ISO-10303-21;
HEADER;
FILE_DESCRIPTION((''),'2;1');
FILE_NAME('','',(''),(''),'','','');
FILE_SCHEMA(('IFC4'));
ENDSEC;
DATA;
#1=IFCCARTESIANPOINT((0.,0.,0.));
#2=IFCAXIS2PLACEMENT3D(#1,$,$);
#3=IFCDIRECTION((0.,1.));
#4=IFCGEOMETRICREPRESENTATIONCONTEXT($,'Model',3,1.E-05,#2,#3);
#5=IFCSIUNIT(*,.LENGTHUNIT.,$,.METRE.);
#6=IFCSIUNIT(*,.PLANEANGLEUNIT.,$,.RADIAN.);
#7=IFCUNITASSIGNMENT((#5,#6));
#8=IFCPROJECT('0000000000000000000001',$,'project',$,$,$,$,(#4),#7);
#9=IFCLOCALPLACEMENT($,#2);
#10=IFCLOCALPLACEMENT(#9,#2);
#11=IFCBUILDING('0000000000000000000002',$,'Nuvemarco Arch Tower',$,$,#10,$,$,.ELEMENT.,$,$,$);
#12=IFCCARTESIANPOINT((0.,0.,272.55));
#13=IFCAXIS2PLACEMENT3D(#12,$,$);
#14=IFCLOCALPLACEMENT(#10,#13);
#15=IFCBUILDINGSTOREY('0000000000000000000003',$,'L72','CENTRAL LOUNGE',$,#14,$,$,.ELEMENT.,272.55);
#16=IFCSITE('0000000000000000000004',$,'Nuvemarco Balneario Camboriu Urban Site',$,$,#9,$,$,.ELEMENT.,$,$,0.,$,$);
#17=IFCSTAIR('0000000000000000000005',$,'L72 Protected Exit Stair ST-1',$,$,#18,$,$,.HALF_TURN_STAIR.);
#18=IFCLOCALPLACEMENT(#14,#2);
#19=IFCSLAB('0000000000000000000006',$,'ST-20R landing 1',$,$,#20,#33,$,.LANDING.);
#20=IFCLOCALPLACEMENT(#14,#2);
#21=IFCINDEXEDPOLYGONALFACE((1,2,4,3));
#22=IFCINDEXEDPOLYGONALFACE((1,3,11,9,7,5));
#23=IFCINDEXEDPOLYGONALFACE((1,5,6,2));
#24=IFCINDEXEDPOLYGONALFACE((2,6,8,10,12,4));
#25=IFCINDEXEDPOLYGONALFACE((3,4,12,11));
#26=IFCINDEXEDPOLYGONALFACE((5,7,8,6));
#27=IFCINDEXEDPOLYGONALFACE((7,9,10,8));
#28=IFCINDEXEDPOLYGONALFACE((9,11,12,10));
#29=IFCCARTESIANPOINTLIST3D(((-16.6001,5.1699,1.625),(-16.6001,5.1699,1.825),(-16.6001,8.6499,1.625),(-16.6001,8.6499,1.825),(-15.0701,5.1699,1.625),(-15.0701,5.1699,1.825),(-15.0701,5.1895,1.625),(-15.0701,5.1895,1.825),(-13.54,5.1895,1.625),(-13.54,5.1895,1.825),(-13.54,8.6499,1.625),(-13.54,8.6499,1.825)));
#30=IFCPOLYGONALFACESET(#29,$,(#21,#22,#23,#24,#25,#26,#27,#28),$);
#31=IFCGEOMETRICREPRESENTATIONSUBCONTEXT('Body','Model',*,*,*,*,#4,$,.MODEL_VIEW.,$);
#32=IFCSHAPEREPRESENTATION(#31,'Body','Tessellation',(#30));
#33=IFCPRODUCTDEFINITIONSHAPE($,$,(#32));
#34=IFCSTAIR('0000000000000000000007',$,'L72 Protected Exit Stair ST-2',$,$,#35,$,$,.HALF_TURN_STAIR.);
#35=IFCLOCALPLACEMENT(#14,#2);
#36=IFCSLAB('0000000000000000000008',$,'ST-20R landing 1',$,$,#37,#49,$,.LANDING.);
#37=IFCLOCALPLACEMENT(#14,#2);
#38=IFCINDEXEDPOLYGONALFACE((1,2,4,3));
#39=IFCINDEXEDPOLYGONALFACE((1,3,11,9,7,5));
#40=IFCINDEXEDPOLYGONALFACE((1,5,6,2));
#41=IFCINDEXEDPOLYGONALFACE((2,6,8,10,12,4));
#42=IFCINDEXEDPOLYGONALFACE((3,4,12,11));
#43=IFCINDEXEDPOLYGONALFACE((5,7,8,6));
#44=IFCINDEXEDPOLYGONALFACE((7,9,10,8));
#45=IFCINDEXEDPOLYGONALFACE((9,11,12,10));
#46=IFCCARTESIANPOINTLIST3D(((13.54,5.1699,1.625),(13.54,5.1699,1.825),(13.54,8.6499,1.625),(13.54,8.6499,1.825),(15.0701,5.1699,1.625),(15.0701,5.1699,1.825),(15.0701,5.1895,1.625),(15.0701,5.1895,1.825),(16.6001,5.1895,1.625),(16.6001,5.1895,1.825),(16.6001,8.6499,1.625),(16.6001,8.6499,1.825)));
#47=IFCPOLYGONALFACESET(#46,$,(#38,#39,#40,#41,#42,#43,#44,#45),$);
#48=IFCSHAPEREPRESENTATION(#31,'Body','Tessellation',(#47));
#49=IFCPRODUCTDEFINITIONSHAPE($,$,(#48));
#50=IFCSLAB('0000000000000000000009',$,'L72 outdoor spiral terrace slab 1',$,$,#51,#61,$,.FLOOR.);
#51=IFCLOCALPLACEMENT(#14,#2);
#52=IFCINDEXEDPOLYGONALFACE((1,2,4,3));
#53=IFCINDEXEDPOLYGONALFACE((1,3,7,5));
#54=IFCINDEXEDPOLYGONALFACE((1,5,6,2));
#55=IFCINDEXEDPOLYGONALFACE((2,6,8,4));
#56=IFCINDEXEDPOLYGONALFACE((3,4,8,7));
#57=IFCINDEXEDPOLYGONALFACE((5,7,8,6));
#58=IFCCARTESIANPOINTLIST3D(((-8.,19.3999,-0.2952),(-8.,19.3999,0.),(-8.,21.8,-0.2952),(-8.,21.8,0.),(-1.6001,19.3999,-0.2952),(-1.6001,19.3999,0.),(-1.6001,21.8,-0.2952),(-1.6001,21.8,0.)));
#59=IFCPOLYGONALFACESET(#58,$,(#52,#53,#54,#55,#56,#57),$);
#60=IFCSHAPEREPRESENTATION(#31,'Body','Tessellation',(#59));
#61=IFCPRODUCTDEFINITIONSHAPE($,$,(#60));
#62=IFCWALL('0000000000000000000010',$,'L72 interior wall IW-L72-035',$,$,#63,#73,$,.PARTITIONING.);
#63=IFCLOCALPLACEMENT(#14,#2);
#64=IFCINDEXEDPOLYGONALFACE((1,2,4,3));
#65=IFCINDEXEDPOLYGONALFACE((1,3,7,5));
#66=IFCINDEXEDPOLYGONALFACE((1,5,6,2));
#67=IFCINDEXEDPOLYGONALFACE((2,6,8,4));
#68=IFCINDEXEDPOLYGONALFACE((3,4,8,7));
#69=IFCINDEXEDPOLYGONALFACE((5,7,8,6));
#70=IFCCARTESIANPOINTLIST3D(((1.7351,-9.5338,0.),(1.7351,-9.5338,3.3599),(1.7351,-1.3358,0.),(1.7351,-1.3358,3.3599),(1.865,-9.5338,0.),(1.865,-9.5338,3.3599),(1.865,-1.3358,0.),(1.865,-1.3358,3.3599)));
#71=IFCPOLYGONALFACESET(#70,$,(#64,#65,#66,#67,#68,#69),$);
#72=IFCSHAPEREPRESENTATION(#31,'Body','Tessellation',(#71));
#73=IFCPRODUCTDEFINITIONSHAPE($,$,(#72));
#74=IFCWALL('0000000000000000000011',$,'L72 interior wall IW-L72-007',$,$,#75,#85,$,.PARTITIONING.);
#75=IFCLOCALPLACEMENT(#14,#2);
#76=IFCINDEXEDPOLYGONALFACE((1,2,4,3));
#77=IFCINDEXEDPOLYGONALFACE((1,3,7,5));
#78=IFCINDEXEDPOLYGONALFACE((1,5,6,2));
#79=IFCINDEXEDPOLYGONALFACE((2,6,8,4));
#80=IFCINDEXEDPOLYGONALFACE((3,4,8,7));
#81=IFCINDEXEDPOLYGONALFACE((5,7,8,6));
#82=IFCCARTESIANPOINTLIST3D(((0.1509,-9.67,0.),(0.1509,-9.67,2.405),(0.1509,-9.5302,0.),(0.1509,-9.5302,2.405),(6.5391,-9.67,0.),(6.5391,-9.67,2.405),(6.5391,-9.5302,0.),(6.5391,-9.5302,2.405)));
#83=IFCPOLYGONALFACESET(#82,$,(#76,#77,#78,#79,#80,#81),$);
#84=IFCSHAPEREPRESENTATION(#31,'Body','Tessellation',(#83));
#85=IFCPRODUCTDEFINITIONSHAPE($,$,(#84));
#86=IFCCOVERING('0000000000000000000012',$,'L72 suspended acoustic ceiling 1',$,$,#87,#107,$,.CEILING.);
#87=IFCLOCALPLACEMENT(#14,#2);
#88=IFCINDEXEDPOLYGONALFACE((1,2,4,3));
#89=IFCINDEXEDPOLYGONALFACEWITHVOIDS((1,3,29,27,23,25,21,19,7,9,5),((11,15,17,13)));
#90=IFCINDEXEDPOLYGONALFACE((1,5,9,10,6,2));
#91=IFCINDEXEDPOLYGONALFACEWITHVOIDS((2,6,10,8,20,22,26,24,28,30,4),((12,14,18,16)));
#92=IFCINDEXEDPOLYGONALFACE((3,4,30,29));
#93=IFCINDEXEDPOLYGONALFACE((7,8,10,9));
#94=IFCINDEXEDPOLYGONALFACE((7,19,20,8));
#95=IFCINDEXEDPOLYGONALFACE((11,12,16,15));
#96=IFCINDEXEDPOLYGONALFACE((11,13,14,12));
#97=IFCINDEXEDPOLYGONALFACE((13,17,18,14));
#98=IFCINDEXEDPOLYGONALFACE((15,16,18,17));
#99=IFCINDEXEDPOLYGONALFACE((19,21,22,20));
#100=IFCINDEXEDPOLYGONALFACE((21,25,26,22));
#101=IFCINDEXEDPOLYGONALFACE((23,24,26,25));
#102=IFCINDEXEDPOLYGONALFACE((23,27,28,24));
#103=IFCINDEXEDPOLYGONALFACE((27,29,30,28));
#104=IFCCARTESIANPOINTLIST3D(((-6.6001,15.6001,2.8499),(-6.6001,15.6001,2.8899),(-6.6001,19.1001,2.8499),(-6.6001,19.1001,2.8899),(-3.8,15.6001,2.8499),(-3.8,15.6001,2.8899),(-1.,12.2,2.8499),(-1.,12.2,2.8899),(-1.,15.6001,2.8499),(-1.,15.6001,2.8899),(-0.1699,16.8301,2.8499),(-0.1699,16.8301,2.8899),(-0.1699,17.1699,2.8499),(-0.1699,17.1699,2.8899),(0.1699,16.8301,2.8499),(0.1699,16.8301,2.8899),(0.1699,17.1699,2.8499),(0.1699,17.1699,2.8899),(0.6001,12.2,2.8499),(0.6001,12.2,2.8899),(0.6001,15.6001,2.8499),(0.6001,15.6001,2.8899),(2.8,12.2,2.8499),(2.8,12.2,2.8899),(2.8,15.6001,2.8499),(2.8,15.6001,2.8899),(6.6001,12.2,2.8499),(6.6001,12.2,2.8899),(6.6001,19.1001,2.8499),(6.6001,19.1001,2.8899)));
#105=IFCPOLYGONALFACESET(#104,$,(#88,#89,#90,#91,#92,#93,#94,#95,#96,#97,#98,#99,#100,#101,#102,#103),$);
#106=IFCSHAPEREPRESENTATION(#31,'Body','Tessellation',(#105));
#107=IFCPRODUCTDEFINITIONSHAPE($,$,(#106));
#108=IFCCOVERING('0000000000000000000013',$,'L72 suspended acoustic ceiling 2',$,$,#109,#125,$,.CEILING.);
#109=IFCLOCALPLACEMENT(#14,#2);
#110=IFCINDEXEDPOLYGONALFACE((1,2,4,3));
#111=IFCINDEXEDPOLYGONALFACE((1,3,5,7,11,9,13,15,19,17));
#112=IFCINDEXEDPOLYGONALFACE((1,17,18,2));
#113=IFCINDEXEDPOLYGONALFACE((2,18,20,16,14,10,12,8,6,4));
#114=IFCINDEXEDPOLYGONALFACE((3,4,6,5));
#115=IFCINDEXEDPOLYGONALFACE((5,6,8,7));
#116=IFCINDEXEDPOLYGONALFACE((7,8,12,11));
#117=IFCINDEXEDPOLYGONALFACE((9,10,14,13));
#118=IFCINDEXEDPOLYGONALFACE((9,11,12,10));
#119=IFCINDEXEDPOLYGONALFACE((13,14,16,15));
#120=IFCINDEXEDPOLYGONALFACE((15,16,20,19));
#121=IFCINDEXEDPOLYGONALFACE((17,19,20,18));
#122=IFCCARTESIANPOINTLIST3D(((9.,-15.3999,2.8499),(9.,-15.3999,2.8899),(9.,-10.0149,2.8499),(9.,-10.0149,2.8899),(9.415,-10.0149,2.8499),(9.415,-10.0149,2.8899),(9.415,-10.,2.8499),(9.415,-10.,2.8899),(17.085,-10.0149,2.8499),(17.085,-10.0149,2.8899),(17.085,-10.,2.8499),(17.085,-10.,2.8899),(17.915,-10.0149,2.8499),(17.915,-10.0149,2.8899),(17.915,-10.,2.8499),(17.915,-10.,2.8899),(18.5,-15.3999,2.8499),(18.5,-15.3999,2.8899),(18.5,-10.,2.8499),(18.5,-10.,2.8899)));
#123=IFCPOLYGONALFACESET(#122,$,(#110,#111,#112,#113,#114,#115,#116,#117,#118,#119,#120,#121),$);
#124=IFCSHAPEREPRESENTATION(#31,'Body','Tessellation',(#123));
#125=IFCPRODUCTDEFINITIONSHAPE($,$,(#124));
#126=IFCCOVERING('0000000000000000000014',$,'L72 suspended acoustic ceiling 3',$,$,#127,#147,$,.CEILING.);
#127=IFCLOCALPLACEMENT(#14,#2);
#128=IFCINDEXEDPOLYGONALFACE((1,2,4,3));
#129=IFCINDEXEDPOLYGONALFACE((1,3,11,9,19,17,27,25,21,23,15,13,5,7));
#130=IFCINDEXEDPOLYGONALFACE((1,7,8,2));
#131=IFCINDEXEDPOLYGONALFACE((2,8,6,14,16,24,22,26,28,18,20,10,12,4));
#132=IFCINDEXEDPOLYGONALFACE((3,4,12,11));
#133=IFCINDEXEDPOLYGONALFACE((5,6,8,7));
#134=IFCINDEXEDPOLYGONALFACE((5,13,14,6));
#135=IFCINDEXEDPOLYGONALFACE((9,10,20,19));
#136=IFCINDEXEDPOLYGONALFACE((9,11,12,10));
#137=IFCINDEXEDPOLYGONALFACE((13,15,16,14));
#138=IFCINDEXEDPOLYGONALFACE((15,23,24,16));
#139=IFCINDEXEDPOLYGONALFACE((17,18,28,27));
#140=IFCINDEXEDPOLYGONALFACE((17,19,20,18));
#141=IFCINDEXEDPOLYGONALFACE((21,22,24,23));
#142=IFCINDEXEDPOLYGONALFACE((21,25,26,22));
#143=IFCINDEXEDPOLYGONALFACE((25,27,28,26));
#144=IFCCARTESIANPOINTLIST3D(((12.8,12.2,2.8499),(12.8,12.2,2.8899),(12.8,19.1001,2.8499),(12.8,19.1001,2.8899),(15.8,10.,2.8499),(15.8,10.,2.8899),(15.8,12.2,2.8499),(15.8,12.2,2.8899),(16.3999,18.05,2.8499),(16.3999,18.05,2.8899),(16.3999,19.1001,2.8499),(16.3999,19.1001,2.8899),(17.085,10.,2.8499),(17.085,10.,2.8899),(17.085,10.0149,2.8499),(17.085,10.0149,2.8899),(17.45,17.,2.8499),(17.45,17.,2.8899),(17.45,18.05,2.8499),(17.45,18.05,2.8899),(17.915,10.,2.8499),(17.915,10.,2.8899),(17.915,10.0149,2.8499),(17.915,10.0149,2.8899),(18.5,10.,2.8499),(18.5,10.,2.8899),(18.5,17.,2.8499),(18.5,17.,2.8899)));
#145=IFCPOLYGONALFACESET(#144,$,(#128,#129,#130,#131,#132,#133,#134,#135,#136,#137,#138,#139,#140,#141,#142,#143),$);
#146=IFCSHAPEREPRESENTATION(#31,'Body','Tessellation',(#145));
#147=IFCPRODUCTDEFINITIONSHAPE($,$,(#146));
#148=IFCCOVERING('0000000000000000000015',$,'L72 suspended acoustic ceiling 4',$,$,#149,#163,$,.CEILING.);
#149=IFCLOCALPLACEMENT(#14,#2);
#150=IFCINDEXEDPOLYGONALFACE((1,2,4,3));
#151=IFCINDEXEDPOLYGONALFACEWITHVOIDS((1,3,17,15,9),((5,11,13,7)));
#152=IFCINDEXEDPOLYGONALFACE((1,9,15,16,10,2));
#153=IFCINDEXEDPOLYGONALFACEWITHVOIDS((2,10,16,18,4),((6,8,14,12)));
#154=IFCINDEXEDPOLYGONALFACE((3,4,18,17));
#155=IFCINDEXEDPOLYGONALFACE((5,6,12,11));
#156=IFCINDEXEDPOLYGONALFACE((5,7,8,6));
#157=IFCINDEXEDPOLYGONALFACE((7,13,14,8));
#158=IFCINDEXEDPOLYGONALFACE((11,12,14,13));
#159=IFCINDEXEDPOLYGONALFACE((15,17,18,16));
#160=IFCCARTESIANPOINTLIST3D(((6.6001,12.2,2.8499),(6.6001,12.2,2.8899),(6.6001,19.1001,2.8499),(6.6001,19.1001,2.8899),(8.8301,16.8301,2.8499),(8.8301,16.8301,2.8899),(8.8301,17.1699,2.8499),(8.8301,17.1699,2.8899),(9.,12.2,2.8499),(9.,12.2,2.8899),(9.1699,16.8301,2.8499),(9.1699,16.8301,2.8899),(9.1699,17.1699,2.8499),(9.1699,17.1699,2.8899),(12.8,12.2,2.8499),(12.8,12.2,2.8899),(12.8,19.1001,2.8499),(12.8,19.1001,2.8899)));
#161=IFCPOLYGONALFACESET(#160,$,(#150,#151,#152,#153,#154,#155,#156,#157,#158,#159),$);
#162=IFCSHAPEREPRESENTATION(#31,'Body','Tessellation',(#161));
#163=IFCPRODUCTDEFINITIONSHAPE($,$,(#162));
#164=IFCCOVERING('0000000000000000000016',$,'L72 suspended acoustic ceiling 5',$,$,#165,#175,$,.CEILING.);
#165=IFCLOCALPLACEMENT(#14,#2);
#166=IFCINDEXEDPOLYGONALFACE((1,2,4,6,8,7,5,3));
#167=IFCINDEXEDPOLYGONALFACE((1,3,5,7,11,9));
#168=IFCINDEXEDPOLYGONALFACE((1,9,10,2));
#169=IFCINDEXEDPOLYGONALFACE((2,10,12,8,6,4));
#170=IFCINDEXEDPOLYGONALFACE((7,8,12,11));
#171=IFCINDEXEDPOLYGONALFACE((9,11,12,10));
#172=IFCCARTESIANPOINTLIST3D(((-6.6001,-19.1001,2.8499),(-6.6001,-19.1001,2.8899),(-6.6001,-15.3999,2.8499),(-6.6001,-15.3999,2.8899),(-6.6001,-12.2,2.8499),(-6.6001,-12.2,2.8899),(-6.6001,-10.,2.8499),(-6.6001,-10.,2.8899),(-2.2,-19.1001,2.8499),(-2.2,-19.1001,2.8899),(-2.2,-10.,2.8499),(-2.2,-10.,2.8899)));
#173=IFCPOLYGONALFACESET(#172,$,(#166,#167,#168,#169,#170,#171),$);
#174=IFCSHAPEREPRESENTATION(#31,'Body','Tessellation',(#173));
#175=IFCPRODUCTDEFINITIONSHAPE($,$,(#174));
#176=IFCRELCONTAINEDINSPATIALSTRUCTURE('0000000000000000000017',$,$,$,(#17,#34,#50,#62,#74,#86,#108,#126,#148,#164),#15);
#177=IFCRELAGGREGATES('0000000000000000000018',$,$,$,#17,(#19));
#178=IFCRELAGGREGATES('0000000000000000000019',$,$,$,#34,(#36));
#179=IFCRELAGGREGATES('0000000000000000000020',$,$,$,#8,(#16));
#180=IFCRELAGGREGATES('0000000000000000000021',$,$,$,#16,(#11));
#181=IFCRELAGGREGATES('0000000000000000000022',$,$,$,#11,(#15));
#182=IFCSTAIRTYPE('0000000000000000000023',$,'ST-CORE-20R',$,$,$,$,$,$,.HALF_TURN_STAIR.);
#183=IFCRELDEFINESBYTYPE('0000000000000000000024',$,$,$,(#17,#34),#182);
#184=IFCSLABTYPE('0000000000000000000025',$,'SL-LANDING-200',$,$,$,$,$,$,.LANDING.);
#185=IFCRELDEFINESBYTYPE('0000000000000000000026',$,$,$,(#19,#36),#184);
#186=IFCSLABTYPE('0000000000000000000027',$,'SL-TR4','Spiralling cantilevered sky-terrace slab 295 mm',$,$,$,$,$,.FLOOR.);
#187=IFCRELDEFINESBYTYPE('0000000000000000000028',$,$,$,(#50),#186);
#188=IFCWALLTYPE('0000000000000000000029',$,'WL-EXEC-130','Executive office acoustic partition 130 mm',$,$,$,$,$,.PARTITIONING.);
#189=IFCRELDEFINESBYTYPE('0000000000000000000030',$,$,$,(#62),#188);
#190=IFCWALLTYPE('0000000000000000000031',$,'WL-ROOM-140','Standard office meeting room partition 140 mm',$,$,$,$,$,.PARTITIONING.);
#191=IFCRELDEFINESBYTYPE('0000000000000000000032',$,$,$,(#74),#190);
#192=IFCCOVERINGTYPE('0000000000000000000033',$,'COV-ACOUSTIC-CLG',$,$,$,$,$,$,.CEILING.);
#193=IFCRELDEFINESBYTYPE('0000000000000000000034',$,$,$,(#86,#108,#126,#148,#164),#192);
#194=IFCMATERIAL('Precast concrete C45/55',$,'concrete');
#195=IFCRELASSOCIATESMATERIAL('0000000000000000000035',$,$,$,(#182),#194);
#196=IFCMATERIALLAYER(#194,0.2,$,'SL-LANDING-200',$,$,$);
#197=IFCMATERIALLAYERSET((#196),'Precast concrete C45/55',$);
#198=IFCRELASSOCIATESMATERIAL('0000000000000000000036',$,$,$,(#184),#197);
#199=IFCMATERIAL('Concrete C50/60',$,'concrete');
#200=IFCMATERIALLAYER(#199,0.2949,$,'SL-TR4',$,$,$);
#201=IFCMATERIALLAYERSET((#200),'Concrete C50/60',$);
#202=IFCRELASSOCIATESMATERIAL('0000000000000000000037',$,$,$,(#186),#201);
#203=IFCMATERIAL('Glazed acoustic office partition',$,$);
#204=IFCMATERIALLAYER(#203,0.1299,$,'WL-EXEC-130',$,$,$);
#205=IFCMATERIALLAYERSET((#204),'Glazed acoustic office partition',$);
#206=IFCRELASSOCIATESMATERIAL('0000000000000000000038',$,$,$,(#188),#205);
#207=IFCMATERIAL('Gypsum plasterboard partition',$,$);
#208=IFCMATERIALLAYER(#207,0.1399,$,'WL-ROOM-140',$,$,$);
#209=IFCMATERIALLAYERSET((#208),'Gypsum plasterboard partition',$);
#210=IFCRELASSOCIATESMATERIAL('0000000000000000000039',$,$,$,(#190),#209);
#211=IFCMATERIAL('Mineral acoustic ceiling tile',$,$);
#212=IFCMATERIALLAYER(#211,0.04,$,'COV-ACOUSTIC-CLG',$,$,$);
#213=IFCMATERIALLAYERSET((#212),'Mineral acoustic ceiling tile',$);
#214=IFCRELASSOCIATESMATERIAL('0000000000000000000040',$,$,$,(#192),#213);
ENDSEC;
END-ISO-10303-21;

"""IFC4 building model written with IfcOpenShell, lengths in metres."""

from ifc_helpers import new_model, si_unit, direction, frame, frame_2d, origin, place, context, subcontext, project, spatial, polyline, rectangle, outline, extrude, material, layer, layer_set, type_object, element, aggregate, save


model = new_model("IFC4")

# Units and contexts
model_context = context("Model", 3, precision=1e-05, world=origin(), true_north=direction((0.0, 1.0)))
body_context = subcontext(model_context, "Body", "Model", "MODEL_VIEW")
ifc_project = project(units=[si_unit("LENGTHUNIT", "METRE"), si_unit("PLANEANGLEUNIT", "RADIAN")], contexts=[model_context])

# Site, building, storey
site_placement = place(None, origin())
site = spatial("IfcSite", under=ifc_project, at=site_placement, Name="Nuvemarco Balneario Camboriu Urban Site", CompositionType="ELEMENT", RefElevation=0.0)
building_placement = place(site_placement, origin())
building = spatial("IfcBuilding", under=site, at=building_placement, Name="Nuvemarco Arch Tower", CompositionType="ELEMENT")
storey_placement = place(building_placement, frame((0.0, 0.0, 272.55)))
storey = spatial("IfcBuildingStorey", under=building, at=storey_placement, Name="L72", Description="CENTRAL LOUNGE", CompositionType="ELEMENT", Elevation=272.55)

# Shared definitions
ifc_material_1 = material(Name="Concrete C50/60", Category="concrete")

# Stairs, slabs
ifc_material_2 = material(Name="Precast concrete C45/55", Category="concrete")
stair_type = type_object("IfcStairType", Name="ST-CORE-20R", PredefinedType="HALF_TURN_STAIR", material=ifc_material_2)
stair_1_placement = place(storey_placement, origin())
stair_1 = element("IfcStair", 1, at=stair_1_placement, inside=storey, type_object=stair_type, Name="L72 Protected Exit Stair ST-1", PredefinedType="HALF_TURN_STAIR")
ifc_layer_1 = layer(ifc_material_2, 0.2, Name="SL-LANDING-200")
ifc_layer_set_1 = layer_set([ifc_layer_1], Name="Precast concrete C45/55")
slab_type_1 = type_object("IfcSlabType", Name="SL-LANDING-200", PredefinedType="LANDING", material=ifc_layer_set_1)
slab_1_placement = place(storey_placement, frame((0.0, 0.0, 1.625)))
slab_1 = element("IfcSlab", 2, at=slab_1_placement, type_object=slab_type_1, Name="ST-20R landing 1", PredefinedType="LANDING", context=body_context, shape_type="SweptSolid", body=[
    extrude(outline(polyline([(-13.54, 5.1895), (-13.54, 8.6499), (-16.6001, 8.6499), (-16.6001, 5.1699), (-15.0701, 5.1699), (-15.0701, 5.1895), (-13.54, 5.1895)])), origin(), (0.0, 0.0, 1.0), 0.2),
])
aggregate(stair_1, [slab_1])
stair_2_placement = place(storey_placement, origin())
stair_2 = element("IfcStair", 3, at=stair_2_placement, inside=storey, type_object=stair_type, Name="L72 Protected Exit Stair ST-2", PredefinedType="HALF_TURN_STAIR")
slab_2_placement = place(storey_placement, frame((0.0, 0.0, 1.625)))
slab_2 = element("IfcSlab", 4, at=slab_2_placement, type_object=slab_type_1, Name="ST-20R landing 1", PredefinedType="LANDING", context=body_context, shape_type="SweptSolid", body=[
    extrude(outline(polyline([(16.6001, 5.1895), (16.6001, 8.6499), (13.54, 8.6499), (13.54, 5.1699), (15.0701, 5.1699), (15.0701, 5.1895), (16.6001, 5.1895)])), origin(), (0.0, 0.0, 1.0), 0.2),
])
aggregate(stair_2, [slab_2])

# Slab
ifc_layer_2 = layer(ifc_material_1, 0.2949, Name="SL-TR4")
ifc_layer_set_2 = layer_set([ifc_layer_2], Name="Concrete C50/60")
slab_type_2 = type_object("IfcSlabType", Name="SL-TR4", Description="Spiralling cantilevered sky-terrace slab 295 mm", PredefinedType="FLOOR", material=ifc_layer_set_2)
slab_3_placement = place(storey_placement, frame((0.0, 0.0, -0.2952)))
element("IfcSlab", 5, at=slab_3_placement, inside=storey, type_object=slab_type_2, Name="L72 outdoor spiral terrace slab 1", PredefinedType="FLOOR", context=body_context, shape_type="SweptSolid", body=[
    extrude(outline(polyline([(-8.0, 19.3999), (-1.6001, 19.3999), (-1.6001, 21.8), (-8.0, 21.8), (-8.0, 19.3999)])), origin(), (0.0, 0.0, 1.0), 0.2952),
])

# Walls
ifc_material_3 = material(Name="Glazed acoustic office partition")
ifc_layer_3 = layer(ifc_material_3, 0.1299, Name="WL-EXEC-130")
ifc_layer_set_3 = layer_set([ifc_layer_3], Name="Glazed acoustic office partition")
wall_type_1 = type_object("IfcWallType", Name="WL-EXEC-130", Description="Executive office acoustic partition 130 mm", PredefinedType="PARTITIONING", material=ifc_layer_set_3)
wall_1_placement = place(storey_placement, frame((1.8, -9.5339, 0.0), z_axis=(0.0, 0.0, 1.0), x_axis=(0.0, 1.0, 0.0)))
element("IfcWall", 6, at=wall_1_placement, inside=storey, type_object=wall_type_1, Name="L72 interior wall IW-L72-035", PredefinedType="PARTITIONING", context=body_context, shape_type="SweptSolid", body=[
    extrude(rectangle(XDim=8.198, YDim=0.1299, at=frame_2d((4.0991, 0.0))), origin(), (0.0, 0.0, 1.0), 3.3599),
])
ifc_material_4 = material(Name="Gypsum plasterboard partition")
ifc_layer_4 = layer(ifc_material_4, 0.1399, Name="WL-ROOM-140")
ifc_layer_set_4 = layer_set([ifc_layer_4], Name="Gypsum plasterboard partition")
wall_type_2 = type_object("IfcWallType", Name="WL-ROOM-140", Description="Standard office meeting room partition 140 mm", PredefinedType="PARTITIONING", material=ifc_layer_set_4)
wall_2_placement = place(storey_placement, frame((0.1509, -9.6001, 0.0), z_axis=(0.0, 0.0, 1.0), x_axis=(1.0, 0.0, 0.0)))
element("IfcWall", 7, at=wall_2_placement, inside=storey, type_object=wall_type_2, Name="L72 interior wall IW-L72-007", PredefinedType="PARTITIONING", context=body_context, shape_type="SweptSolid", body=[
    extrude(rectangle(XDim=6.3882, YDim=0.1399, at=frame_2d((3.1941, 0.0))), origin(), (0.0, 0.0, 1.0), 2.405),
])

# Coverings
ifc_material_5 = material(Name="Mineral acoustic ceiling tile")
ifc_layer_5 = layer(ifc_material_5, 0.04, Name="COV-ACOUSTIC-CLG")
ifc_layer_set_5 = layer_set([ifc_layer_5], Name="Mineral acoustic ceiling tile")
covering_type = type_object("IfcCoveringType", Name="COV-ACOUSTIC-CLG", PredefinedType="CEILING", material=ifc_layer_set_5)
covering_1_placement = place(storey_placement, frame((0.0, 0.0, 2.8499)))
element("IfcCovering", 8, at=covering_1_placement, inside=storey, type_object=covering_type, Name="L72 suspended acoustic ceiling 1", PredefinedType="CEILING", context=body_context, shape_type="SweptSolid", body=[
    extrude(outline(polyline([(-1.0, 12.2), (-1.0, 15.6001), (-3.8, 15.6001), (-6.6001, 15.6001), (-6.6001, 19.1001), (6.6001, 19.1001), (6.6001, 12.2), (2.8, 12.2), (2.8, 15.6001), (0.6001, 15.6001), (0.6001, 12.2), (-1.0, 12.2)]), holes=[polyline([(0.1699, 16.8301), (0.1699, 17.1699), (-0.1699, 17.1699), (-0.1699, 16.8301), (0.1699, 16.8301)])]), origin(), (0.0, 0.0, 1.0), 0.04),
])
covering_2_placement = place(storey_placement, frame((0.0, 0.0, 2.8499)))
element("IfcCovering", 9, at=covering_2_placement, inside=storey, type_object=covering_type, Name="L72 suspended acoustic ceiling 2", PredefinedType="CEILING", context=body_context, shape_type="SweptSolid", body=[
    extrude(outline(polyline([(17.085, -10.0149), (17.915, -10.0149), (17.915, -10.0), (18.5, -10.0), (18.5, -15.3999), (9.0, -15.3999), (9.0, -10.0149), (9.415, -10.0149), (9.415, -10.0), (17.085, -10.0), (17.085, -10.0149)])), origin(), (0.0, 0.0, 1.0), 0.04),
])
covering_3_placement = place(storey_placement, frame((0.0, 0.0, 2.8499)))
element("IfcCovering", 10, at=covering_3_placement, inside=storey, type_object=covering_type, Name="L72 suspended acoustic ceiling 3", PredefinedType="CEILING", context=body_context, shape_type="SweptSolid", body=[
    extrude(outline(polyline([(18.5, 17.0), (18.5, 10.0), (17.915, 10.0), (17.915, 10.0149), (17.085, 10.0149), (17.085, 10.0), (15.8, 10.0), (15.8, 12.2), (12.8, 12.2), (12.8, 19.1001), (16.3999, 19.1001), (16.3999, 18.05), (17.45, 18.05), (17.45, 17.0), (18.5, 17.0)])), origin(), (0.0, 0.0, 1.0), 0.04),
])
covering_4_placement = place(storey_placement, frame((0.0, 0.0, 2.8499)))
element("IfcCovering", 11, at=covering_4_placement, inside=storey, type_object=covering_type, Name="L72 suspended acoustic ceiling 4", PredefinedType="CEILING", context=body_context, shape_type="SweptSolid", body=[
    extrude(outline(polyline([(12.8, 12.2), (9.0, 12.2), (6.6001, 12.2), (6.6001, 19.1001), (12.8, 19.1001), (12.8, 12.2)]), holes=[polyline([(9.1699, 17.1699), (8.8301, 17.1699), (8.8301, 16.8301), (9.1699, 16.8301), (9.1699, 17.1699)])]), origin(), (0.0, 0.0, 1.0), 0.04),
])
covering_5_placement = place(storey_placement, frame((0.0, 0.0, 2.8499)))
element("IfcCovering", 12, at=covering_5_placement, inside=storey, type_object=covering_type, Name="L72 suspended acoustic ceiling 5", PredefinedType="CEILING", context=body_context, shape_type="SweptSolid", body=[
    extrude(outline(polyline([(-6.6001, -10.0), (-2.2, -10.0), (-2.2, -19.1001), (-6.6001, -19.1001), (-6.6001, -15.3999), (-6.6001, -12.2), (-6.6001, -10.0)])), origin(), (0.0, 0.0, 1.0), 0.04),
])

save(model, "model.ifc")
